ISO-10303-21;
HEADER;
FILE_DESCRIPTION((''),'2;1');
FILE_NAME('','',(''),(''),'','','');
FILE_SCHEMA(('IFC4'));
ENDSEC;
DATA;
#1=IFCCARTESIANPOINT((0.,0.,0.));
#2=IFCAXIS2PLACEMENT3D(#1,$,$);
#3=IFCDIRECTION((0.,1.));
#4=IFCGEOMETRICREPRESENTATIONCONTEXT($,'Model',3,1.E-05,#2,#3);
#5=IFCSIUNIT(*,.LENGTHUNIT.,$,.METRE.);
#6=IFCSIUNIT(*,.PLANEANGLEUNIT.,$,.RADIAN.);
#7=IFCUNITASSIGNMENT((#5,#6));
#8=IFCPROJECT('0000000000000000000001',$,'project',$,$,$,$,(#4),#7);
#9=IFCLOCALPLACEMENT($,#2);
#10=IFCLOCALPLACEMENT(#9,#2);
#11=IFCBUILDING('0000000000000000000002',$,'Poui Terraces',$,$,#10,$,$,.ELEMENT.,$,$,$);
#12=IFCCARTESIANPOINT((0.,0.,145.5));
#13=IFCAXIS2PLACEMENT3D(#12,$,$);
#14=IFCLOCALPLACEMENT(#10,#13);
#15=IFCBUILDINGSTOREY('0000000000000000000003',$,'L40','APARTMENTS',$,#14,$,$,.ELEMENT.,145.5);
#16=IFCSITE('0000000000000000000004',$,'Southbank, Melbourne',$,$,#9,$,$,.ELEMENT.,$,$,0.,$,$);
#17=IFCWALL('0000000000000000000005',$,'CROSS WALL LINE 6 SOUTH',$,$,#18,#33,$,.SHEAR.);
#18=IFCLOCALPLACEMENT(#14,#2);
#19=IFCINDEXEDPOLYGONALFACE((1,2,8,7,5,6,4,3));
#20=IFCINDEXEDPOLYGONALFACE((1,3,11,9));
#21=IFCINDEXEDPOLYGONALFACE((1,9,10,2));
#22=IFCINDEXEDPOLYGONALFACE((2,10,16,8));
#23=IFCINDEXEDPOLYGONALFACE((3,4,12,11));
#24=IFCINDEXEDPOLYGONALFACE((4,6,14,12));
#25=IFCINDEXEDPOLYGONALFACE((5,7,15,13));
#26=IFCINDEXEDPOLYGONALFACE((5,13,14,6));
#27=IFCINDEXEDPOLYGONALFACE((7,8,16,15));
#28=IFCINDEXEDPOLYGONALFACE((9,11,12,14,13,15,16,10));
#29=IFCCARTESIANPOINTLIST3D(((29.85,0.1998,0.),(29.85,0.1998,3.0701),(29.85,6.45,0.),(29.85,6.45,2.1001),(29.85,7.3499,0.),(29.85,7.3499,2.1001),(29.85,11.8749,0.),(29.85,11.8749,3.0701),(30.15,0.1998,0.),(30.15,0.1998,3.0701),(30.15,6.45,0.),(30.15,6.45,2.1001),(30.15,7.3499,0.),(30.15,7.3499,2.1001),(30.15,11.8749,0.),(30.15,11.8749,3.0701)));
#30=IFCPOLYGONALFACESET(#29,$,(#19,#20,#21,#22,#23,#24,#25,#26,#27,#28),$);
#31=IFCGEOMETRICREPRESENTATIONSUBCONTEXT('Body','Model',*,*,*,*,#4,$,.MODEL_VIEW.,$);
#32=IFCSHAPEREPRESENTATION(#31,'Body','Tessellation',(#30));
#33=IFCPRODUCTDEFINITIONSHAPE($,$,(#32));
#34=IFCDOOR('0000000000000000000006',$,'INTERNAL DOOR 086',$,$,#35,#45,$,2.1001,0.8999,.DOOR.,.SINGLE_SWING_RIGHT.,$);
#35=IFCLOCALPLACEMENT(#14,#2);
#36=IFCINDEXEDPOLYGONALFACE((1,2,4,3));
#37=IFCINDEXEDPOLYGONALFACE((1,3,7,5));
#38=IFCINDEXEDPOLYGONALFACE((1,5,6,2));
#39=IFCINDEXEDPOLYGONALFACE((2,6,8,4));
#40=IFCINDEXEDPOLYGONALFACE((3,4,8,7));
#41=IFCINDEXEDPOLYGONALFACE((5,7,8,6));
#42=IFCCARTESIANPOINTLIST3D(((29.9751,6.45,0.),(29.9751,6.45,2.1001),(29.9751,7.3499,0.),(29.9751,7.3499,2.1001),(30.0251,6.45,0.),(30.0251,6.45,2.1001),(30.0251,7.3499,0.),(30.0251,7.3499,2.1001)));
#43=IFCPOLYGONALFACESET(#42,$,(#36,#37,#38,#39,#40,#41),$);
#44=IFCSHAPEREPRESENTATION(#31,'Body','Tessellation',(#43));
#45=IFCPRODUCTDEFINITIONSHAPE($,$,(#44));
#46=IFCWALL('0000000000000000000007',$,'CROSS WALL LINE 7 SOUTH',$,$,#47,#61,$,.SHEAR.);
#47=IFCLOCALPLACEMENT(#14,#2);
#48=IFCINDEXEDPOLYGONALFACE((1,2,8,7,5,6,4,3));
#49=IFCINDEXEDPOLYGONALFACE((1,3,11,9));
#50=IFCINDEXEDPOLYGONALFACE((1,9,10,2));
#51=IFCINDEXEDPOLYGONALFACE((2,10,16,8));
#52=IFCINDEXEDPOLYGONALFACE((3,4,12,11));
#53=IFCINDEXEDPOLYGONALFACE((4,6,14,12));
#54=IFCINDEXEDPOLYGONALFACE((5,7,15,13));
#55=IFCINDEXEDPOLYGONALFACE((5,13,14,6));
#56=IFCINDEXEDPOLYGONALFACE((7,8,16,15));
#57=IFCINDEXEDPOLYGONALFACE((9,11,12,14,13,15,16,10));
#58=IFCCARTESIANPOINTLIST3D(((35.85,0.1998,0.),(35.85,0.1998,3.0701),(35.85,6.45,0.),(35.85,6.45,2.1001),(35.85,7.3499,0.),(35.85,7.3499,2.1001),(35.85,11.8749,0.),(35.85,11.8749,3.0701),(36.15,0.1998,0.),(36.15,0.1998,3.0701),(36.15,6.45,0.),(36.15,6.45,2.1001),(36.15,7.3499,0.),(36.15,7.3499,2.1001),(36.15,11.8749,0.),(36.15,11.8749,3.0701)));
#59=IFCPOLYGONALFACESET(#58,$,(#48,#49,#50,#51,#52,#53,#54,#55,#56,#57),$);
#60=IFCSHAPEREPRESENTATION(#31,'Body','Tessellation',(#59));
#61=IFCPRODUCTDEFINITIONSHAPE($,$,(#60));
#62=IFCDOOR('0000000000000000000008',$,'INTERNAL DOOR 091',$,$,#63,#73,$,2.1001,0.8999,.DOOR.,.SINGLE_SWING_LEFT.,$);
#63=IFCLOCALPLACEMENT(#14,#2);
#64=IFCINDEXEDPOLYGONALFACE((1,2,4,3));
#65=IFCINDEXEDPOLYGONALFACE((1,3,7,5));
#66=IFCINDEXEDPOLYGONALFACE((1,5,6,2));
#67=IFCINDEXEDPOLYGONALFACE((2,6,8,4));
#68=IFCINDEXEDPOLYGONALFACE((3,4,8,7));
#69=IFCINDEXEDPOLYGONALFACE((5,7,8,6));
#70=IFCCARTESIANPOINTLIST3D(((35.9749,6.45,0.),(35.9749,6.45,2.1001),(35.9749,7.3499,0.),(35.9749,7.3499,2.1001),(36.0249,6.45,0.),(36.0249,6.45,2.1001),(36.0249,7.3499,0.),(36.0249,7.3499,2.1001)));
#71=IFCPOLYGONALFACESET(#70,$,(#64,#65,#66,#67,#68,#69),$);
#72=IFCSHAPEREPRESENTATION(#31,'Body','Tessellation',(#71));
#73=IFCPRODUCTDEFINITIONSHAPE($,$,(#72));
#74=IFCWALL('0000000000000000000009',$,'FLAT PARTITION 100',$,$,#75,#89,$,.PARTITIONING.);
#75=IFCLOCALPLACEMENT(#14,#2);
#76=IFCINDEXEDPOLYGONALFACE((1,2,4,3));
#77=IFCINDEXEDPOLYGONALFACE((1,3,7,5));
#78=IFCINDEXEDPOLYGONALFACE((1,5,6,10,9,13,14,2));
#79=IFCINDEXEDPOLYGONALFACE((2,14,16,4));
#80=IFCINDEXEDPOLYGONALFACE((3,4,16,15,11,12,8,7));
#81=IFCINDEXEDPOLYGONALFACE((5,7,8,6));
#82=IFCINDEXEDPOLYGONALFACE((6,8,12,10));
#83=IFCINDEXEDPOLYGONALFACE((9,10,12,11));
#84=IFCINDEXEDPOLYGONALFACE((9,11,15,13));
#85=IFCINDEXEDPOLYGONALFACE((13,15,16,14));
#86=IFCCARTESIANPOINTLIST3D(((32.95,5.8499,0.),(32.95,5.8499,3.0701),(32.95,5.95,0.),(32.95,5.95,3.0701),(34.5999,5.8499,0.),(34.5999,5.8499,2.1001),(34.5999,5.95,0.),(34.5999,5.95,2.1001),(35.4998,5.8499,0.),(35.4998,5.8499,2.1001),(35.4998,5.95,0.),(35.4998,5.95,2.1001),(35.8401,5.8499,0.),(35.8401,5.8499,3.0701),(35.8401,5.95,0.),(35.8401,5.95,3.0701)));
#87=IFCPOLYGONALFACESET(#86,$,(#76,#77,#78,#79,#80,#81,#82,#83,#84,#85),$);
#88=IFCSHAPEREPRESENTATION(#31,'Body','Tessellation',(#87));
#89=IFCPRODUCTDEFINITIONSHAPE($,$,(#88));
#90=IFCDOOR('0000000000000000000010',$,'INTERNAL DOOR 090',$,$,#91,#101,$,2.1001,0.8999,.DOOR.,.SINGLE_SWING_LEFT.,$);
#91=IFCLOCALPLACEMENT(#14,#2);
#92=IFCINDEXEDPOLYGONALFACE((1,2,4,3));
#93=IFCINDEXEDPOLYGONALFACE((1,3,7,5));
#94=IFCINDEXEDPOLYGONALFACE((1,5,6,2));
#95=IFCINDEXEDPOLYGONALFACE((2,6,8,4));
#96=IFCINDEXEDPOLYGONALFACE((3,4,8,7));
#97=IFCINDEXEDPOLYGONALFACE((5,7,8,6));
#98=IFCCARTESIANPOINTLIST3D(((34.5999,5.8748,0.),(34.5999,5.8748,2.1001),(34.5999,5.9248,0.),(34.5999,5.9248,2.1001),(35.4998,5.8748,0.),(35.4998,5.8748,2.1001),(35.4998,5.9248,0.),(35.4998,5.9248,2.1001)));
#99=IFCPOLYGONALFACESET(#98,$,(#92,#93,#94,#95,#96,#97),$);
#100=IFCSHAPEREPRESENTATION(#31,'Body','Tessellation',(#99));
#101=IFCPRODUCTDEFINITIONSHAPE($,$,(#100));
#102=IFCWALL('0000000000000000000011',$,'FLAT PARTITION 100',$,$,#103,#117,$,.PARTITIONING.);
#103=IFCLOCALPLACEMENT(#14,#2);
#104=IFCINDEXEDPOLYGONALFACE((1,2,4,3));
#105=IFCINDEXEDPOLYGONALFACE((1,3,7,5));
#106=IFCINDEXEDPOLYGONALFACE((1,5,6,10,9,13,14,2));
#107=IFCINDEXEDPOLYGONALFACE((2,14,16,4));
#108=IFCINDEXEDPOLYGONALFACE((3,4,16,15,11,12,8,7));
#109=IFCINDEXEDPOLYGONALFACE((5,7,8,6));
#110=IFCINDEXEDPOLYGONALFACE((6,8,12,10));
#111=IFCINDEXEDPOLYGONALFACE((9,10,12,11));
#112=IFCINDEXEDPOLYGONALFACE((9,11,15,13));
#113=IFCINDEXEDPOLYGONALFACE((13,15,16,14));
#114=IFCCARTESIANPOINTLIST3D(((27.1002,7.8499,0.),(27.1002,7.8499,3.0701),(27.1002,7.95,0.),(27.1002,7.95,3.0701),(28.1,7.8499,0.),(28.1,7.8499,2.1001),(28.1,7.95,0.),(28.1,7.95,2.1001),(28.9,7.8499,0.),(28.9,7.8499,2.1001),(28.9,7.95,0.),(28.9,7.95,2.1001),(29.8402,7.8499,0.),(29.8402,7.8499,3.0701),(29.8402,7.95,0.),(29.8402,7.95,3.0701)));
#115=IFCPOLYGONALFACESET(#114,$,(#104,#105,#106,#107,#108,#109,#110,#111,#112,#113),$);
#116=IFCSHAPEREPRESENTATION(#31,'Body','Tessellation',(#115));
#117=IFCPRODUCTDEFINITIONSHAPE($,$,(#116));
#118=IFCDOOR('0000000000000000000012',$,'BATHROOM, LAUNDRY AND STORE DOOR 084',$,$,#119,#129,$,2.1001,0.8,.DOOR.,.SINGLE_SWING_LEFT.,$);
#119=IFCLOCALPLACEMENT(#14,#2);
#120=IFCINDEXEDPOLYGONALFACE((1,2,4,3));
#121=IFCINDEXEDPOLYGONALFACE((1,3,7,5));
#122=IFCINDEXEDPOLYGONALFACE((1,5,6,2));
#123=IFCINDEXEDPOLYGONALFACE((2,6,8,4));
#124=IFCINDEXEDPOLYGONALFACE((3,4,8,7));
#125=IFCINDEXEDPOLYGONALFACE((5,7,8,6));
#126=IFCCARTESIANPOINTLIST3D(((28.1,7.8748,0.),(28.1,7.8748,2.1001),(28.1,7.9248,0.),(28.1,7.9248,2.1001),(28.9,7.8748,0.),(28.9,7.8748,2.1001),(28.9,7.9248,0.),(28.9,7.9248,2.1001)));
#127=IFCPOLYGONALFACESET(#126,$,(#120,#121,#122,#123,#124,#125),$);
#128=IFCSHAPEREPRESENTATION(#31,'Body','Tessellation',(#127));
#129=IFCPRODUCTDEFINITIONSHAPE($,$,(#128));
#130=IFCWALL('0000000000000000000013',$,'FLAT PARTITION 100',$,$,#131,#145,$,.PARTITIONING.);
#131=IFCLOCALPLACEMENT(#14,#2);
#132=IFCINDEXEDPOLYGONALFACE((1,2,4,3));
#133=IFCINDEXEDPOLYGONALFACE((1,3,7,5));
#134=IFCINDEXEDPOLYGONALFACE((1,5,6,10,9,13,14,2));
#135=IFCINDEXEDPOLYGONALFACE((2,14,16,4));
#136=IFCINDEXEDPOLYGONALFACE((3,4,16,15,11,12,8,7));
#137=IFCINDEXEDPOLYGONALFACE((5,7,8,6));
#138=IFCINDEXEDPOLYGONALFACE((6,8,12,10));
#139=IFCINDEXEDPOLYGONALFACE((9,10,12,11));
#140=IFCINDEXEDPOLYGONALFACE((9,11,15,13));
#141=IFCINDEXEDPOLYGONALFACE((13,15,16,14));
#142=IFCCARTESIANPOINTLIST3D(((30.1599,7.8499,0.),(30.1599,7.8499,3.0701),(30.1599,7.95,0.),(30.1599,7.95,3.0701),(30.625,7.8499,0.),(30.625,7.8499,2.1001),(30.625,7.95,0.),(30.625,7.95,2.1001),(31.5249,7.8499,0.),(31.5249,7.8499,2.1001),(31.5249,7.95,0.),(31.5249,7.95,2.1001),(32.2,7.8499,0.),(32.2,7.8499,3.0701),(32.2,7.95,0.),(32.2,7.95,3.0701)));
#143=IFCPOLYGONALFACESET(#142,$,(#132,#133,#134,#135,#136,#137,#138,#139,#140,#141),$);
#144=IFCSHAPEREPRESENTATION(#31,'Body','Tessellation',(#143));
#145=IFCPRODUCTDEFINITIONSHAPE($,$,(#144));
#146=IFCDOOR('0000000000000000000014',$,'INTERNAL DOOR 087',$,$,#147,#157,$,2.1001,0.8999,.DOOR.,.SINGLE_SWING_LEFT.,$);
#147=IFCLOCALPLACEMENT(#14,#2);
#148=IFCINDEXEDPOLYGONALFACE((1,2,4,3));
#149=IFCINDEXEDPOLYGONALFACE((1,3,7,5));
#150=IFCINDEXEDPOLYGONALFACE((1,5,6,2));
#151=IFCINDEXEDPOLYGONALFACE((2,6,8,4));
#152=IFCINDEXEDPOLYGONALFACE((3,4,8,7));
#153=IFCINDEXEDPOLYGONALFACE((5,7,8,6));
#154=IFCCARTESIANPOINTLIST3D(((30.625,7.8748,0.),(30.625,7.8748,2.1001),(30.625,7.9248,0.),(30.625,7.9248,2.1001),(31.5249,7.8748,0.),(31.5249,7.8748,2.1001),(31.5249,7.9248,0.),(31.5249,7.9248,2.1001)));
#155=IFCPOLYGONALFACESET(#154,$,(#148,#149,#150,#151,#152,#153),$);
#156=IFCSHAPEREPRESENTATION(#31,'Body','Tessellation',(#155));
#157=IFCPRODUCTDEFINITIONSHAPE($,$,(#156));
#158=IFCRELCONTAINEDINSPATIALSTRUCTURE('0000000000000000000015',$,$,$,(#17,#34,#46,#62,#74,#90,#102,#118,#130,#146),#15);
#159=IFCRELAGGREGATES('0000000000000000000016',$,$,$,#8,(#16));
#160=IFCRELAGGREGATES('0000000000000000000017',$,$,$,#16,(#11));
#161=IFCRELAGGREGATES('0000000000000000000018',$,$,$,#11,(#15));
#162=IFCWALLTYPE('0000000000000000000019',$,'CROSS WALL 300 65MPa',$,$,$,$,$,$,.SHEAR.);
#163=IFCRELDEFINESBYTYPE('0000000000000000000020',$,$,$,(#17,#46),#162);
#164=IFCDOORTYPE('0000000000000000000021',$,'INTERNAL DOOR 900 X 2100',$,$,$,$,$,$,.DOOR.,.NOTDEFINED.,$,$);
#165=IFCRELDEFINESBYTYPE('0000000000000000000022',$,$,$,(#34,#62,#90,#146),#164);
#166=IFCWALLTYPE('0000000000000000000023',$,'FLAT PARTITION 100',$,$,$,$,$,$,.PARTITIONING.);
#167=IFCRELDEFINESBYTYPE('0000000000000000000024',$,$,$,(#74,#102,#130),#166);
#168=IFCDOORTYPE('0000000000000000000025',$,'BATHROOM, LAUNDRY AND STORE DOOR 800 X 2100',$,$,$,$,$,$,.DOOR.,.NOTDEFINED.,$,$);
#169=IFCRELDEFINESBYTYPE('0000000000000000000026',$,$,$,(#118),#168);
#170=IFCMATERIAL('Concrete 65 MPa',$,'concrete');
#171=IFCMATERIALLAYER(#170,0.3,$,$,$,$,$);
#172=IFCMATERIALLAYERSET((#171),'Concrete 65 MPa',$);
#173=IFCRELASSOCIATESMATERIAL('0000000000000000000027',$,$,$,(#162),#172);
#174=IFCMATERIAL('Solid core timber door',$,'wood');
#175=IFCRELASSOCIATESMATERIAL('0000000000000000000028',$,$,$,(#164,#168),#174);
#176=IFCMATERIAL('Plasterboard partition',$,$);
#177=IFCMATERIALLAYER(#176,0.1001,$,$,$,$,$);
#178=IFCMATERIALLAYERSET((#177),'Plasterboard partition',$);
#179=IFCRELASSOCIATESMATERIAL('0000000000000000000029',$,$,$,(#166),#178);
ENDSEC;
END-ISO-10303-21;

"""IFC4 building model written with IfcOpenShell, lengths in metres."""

from ifc_helpers import new_model, si_unit, direction, frame, frame_2d, origin, place, context, subcontext, project, spatial, rectangle, extrude, material, layer, layer_set, type_object, element, fill, save


model = new_model("IFC4")

# Units and contexts
model_context = context("Model", 3, precision=1e-05, world=origin(), true_north=direction((0.0, 1.0)))
body_context = subcontext(model_context, "Body", "Model", "MODEL_VIEW")
ifc_project = project(units=[si_unit("LENGTHUNIT", "METRE"), si_unit("PLANEANGLEUNIT", "RADIAN")], contexts=[model_context])

# Site, building, storey
site_placement = place(None, origin())
site = spatial("IfcSite", under=ifc_project, at=site_placement, Name="Southbank, Melbourne", CompositionType="ELEMENT", RefElevation=0.0)
building_placement = place(site_placement, origin())
building = spatial("IfcBuilding", under=site, at=building_placement, Name="Poui Terraces", CompositionType="ELEMENT")
storey_placement = place(building_placement, frame((0.0, 0.0, 145.5)))
storey = spatial("IfcBuildingStorey", under=building, at=storey_placement, Name="L40", Description="APARTMENTS", CompositionType="ELEMENT", Elevation=145.5)

# Walls, openings, doors
ifc_material_1 = material(Name="Concrete 65 MPa", Category="concrete")
ifc_layer_1 = layer(ifc_material_1, 0.3)
ifc_layer_set_1 = layer_set([ifc_layer_1], Name="Concrete 65 MPa")
wall_type_1 = type_object("IfcWallType", Name="CROSS WALL 300 65MPa", PredefinedType="SHEAR", material=ifc_layer_set_1)
wall_1_placement = place(storey_placement, frame((30.0, 0.2, 0.0), z_axis=(0.0, 0.0, 1.0), x_axis=(0.0, 1.0, 0.0)))
wall_1 = element("IfcWall", 1, at=wall_1_placement, inside=storey, type_object=wall_type_1, Name="CROSS WALL LINE 6 SOUTH", PredefinedType="SHEAR", context=body_context, shape_type="SweptSolid", body=[
    extrude(rectangle(XDim=11.675, YDim=0.3, at=frame_2d((5.8374, 0.0))), origin(), (0.0, 0.0, 1.0), 3.0701),
])
opening_1_placement = place(wall_1_placement, frame((6.25, 0.0, 0.0)))
opening_1 = element("IfcOpeningElement", 2, at=opening_1_placement, cuts=wall_1, PredefinedType="OPENING", context=body_context, shape_type="SweptSolid", body=[
    extrude(rectangle(XDim=0.8999, YDim=2.1001, at=frame_2d((0.45, 1.05))), frame((0.0, 0.1602, 0.0), z_axis=(0.0, -1.0, 0.0), x_axis=(1.0, 0.0, 0.0)), (0.0, 0.0, 1.0), 0.3201),
])
ifc_material_2 = material(Name="Solid core timber door", Category="wood")
door_type_1 = type_object("IfcDoorType", Name="INTERNAL DOOR 900 X 2100", OperationType="NOTDEFINED", PredefinedType="DOOR", material=ifc_material_2)
door_1_placement = place(opening_1_placement, origin())
door_1 = element("IfcDoor", 3, at=door_1_placement, inside=storey, type_object=door_type_1, Name="INTERNAL DOOR 086", OperationType="SINGLE_SWING_RIGHT", OverallHeight=2.1001, OverallWidth=0.8999, PredefinedType="DOOR", context=body_context, shape_type="SweptSolid", body=[
    extrude(rectangle(XDim=0.8999, YDim=2.1001, at=frame_2d((0.45, 1.05))), frame((0.0, 0.0249, 0.0), z_axis=(0.0, -1.0, 0.0), x_axis=(1.0, 0.0, 0.0)), (0.0, 0.0, 1.0), 0.05),
])
fill(opening_1, door_1)
wall_2_placement = place(storey_placement, frame((36.0, 0.2, 0.0), z_axis=(0.0, 0.0, 1.0), x_axis=(0.0, 1.0, 0.0)))
wall_2 = element("IfcWall", 4, at=wall_2_placement, inside=storey, type_object=wall_type_1, Name="CROSS WALL LINE 7 SOUTH", PredefinedType="SHEAR", context=body_context, shape_type="SweptSolid", body=[
    extrude(rectangle(XDim=11.675, YDim=0.3, at=frame_2d((5.8374, 0.0))), origin(), (0.0, 0.0, 1.0), 3.0701),
])
opening_2_placement = place(wall_2_placement, frame((6.25, 0.0, 0.0)))
opening_2 = element("IfcOpeningElement", 5, at=opening_2_placement, cuts=wall_2, PredefinedType="OPENING", context=body_context, shape_type="SweptSolid", body=[
    extrude(rectangle(XDim=0.8999, YDim=2.1001, at=frame_2d((0.45, 1.05))), frame((0.0, 0.1602, 0.0), z_axis=(0.0, -1.0, 0.0), x_axis=(1.0, 0.0, 0.0)), (0.0, 0.0, 1.0), 0.3201),
])
door_2_placement = place(opening_2_placement, frame((0.8999, 0.0, 0.0), z_axis=(0.0, 0.0, 1.0), x_axis=(-1.0, 0.0, 0.0)))
door_2 = element("IfcDoor", 6, at=door_2_placement, inside=storey, type_object=door_type_1, Name="INTERNAL DOOR 091", OperationType="SINGLE_SWING_LEFT", OverallHeight=2.1001, OverallWidth=0.8999, PredefinedType="DOOR", context=body_context, shape_type="SweptSolid", body=[
    extrude(rectangle(XDim=0.8999, YDim=2.1001, at=frame_2d((0.45, 1.05))), frame((0.0, 0.0249, 0.0), z_axis=(0.0, -1.0, 0.0), x_axis=(1.0, 0.0, 0.0)), (0.0, 0.0, 1.0), 0.05),
])
fill(opening_2, door_2)
ifc_material_3 = material(Name="Plasterboard partition")
ifc_layer_2 = layer(ifc_material_3, 0.1001)
ifc_layer_set_2 = layer_set([ifc_layer_2], Name="Plasterboard partition")
wall_type_2 = type_object("IfcWallType", Name="FLAT PARTITION 100", PredefinedType="PARTITIONING", material=ifc_layer_set_2)
wall_3_placement = place(storey_placement, frame((32.95, 5.8999, 0.0), z_axis=(0.0, 0.0, 1.0), x_axis=(1.0, 0.0, 0.0)))
wall_3 = element("IfcWall", 7, at=wall_3_placement, inside=storey, type_object=wall_type_2, Name="FLAT PARTITION 100", PredefinedType="PARTITIONING", context=body_context, shape_type="SweptSolid", body=[
    extrude(rectangle(XDim=2.8901, YDim=0.1001, at=frame_2d((1.4451, 0.0))), origin(), (0.0, 0.0, 1.0), 3.0701),
])
opening_3_placement = place(wall_3_placement, frame((1.6499, 0.0, 0.0)))
opening_3 = element("IfcOpeningElement", 8, at=opening_3_placement, cuts=wall_3, PredefinedType="OPENING", context=body_context, shape_type="SweptSolid", body=[
    extrude(rectangle(XDim=0.8999, YDim=2.1001, at=frame_2d((0.45, 1.05))), frame((0.0, 0.0601, 0.0), z_axis=(0.0, -1.0, 0.0), x_axis=(1.0, 0.0, 0.0)), (0.0, 0.0, 1.0), 0.1201),
])
door_3_placement = place(opening_3_placement, origin())
door_3 = element("IfcDoor", 9, at=door_3_placement, inside=storey, type_object=door_type_1, Name="INTERNAL DOOR 090", OperationType="SINGLE_SWING_LEFT", OverallHeight=2.1001, OverallWidth=0.8999, PredefinedType="DOOR", context=body_context, shape_type="SweptSolid", body=[
    extrude(rectangle(XDim=0.8999, YDim=2.1001, at=frame_2d((0.45, 1.05))), frame((0.0, 0.0249, 0.0), z_axis=(0.0, -1.0, 0.0), x_axis=(1.0, 0.0, 0.0)), (0.0, 0.0, 1.0), 0.05),
])
fill(opening_3, door_3)
wall_4_placement = place(storey_placement, frame((27.1001, 7.8999, 0.0), z_axis=(0.0, 0.0, 1.0), x_axis=(1.0, 0.0, 0.0)))
wall_4 = element("IfcWall", 10, at=wall_4_placement, inside=storey, type_object=wall_type_2, Name="FLAT PARTITION 100", PredefinedType="PARTITIONING", context=body_context, shape_type="SweptSolid", body=[
    extrude(rectangle(XDim=2.74, YDim=0.1001, at=frame_2d((1.3701, 0.0))), origin(), (0.0, 0.0, 1.0), 3.0701),
])
opening_4_placement = place(wall_4_placement, frame((1.0, 0.0, 0.0)))
opening_4 = element("IfcOpeningElement", 11, at=opening_4_placement, cuts=wall_4, PredefinedType="OPENING", context=body_context, shape_type="SweptSolid", body=[
    extrude(rectangle(XDim=0.8, YDim=2.1001, at=frame_2d((0.3999, 1.05))), frame((0.0, 0.0601, 0.0), z_axis=(0.0, -1.0, 0.0), x_axis=(1.0, 0.0, 0.0)), (0.0, 0.0, 1.0), 0.1201),
])
door_type_2 = type_object("IfcDoorType", Name="BATHROOM, LAUNDRY AND STORE DOOR 800 X 2100", OperationType="NOTDEFINED", PredefinedType="DOOR", material=ifc_material_2)
door_4_placement = place(opening_4_placement, origin())
door_4 = element("IfcDoor", 12, at=door_4_placement, inside=storey, type_object=door_type_2, Name="BATHROOM, LAUNDRY AND STORE DOOR 084", OperationType="SINGLE_SWING_LEFT", OverallHeight=2.1001, OverallWidth=0.8, PredefinedType="DOOR", context=body_context, shape_type="SweptSolid", body=[
    extrude(rectangle(XDim=0.8, YDim=2.1001, at=frame_2d((0.3999, 1.05))), frame((0.0, 0.0249, 0.0), z_axis=(0.0, -1.0, 0.0), x_axis=(1.0, 0.0, 0.0)), (0.0, 0.0, 1.0), 0.05),
])
fill(opening_4, door_4)
wall_5_placement = place(storey_placement, frame((30.1599, 7.8999, 0.0), z_axis=(0.0, 0.0, 1.0), x_axis=(1.0, 0.0, 0.0)))
wall_5 = element("IfcWall", 13, at=wall_5_placement, inside=storey, type_object=wall_type_2, Name="FLAT PARTITION 100", PredefinedType="PARTITIONING", context=body_context, shape_type="SweptSolid", body=[
    extrude(rectangle(XDim=2.04, YDim=0.1001, at=frame_2d((1.02, 0.0))), origin(), (0.0, 0.0, 1.0), 3.0701),
])
opening_5_placement = place(wall_5_placement, frame((0.4651, 0.0, 0.0)))
opening_5 = element("IfcOpeningElement", 14, at=opening_5_placement, cuts=wall_5, PredefinedType="OPENING", context=body_context, shape_type="SweptSolid", body=[
    extrude(rectangle(XDim=0.8999, YDim=2.1001, at=frame_2d((0.45, 1.05))), frame((0.0, 0.0601, 0.0), z_axis=(0.0, -1.0, 0.0), x_axis=(1.0, 0.0, 0.0)), (0.0, 0.0, 1.0), 0.1201),
])
door_5_placement = place(opening_5_placement, origin())
door_5 = element("IfcDoor", 15, at=door_5_placement, inside=storey, type_object=door_type_1, Name="INTERNAL DOOR 087", OperationType="SINGLE_SWING_LEFT", OverallHeight=2.1001, OverallWidth=0.8999, PredefinedType="DOOR", context=body_context, shape_type="SweptSolid", body=[
    extrude(rectangle(XDim=0.8999, YDim=2.1001, at=frame_2d((0.45, 1.05))), frame((0.0, 0.0249, 0.0), z_axis=(0.0, -1.0, 0.0), x_axis=(1.0, 0.0, 0.0)), (0.0, 0.0, 1.0), 0.05),
])
fill(opening_5, door_5)

save(model, "model.ifc")
